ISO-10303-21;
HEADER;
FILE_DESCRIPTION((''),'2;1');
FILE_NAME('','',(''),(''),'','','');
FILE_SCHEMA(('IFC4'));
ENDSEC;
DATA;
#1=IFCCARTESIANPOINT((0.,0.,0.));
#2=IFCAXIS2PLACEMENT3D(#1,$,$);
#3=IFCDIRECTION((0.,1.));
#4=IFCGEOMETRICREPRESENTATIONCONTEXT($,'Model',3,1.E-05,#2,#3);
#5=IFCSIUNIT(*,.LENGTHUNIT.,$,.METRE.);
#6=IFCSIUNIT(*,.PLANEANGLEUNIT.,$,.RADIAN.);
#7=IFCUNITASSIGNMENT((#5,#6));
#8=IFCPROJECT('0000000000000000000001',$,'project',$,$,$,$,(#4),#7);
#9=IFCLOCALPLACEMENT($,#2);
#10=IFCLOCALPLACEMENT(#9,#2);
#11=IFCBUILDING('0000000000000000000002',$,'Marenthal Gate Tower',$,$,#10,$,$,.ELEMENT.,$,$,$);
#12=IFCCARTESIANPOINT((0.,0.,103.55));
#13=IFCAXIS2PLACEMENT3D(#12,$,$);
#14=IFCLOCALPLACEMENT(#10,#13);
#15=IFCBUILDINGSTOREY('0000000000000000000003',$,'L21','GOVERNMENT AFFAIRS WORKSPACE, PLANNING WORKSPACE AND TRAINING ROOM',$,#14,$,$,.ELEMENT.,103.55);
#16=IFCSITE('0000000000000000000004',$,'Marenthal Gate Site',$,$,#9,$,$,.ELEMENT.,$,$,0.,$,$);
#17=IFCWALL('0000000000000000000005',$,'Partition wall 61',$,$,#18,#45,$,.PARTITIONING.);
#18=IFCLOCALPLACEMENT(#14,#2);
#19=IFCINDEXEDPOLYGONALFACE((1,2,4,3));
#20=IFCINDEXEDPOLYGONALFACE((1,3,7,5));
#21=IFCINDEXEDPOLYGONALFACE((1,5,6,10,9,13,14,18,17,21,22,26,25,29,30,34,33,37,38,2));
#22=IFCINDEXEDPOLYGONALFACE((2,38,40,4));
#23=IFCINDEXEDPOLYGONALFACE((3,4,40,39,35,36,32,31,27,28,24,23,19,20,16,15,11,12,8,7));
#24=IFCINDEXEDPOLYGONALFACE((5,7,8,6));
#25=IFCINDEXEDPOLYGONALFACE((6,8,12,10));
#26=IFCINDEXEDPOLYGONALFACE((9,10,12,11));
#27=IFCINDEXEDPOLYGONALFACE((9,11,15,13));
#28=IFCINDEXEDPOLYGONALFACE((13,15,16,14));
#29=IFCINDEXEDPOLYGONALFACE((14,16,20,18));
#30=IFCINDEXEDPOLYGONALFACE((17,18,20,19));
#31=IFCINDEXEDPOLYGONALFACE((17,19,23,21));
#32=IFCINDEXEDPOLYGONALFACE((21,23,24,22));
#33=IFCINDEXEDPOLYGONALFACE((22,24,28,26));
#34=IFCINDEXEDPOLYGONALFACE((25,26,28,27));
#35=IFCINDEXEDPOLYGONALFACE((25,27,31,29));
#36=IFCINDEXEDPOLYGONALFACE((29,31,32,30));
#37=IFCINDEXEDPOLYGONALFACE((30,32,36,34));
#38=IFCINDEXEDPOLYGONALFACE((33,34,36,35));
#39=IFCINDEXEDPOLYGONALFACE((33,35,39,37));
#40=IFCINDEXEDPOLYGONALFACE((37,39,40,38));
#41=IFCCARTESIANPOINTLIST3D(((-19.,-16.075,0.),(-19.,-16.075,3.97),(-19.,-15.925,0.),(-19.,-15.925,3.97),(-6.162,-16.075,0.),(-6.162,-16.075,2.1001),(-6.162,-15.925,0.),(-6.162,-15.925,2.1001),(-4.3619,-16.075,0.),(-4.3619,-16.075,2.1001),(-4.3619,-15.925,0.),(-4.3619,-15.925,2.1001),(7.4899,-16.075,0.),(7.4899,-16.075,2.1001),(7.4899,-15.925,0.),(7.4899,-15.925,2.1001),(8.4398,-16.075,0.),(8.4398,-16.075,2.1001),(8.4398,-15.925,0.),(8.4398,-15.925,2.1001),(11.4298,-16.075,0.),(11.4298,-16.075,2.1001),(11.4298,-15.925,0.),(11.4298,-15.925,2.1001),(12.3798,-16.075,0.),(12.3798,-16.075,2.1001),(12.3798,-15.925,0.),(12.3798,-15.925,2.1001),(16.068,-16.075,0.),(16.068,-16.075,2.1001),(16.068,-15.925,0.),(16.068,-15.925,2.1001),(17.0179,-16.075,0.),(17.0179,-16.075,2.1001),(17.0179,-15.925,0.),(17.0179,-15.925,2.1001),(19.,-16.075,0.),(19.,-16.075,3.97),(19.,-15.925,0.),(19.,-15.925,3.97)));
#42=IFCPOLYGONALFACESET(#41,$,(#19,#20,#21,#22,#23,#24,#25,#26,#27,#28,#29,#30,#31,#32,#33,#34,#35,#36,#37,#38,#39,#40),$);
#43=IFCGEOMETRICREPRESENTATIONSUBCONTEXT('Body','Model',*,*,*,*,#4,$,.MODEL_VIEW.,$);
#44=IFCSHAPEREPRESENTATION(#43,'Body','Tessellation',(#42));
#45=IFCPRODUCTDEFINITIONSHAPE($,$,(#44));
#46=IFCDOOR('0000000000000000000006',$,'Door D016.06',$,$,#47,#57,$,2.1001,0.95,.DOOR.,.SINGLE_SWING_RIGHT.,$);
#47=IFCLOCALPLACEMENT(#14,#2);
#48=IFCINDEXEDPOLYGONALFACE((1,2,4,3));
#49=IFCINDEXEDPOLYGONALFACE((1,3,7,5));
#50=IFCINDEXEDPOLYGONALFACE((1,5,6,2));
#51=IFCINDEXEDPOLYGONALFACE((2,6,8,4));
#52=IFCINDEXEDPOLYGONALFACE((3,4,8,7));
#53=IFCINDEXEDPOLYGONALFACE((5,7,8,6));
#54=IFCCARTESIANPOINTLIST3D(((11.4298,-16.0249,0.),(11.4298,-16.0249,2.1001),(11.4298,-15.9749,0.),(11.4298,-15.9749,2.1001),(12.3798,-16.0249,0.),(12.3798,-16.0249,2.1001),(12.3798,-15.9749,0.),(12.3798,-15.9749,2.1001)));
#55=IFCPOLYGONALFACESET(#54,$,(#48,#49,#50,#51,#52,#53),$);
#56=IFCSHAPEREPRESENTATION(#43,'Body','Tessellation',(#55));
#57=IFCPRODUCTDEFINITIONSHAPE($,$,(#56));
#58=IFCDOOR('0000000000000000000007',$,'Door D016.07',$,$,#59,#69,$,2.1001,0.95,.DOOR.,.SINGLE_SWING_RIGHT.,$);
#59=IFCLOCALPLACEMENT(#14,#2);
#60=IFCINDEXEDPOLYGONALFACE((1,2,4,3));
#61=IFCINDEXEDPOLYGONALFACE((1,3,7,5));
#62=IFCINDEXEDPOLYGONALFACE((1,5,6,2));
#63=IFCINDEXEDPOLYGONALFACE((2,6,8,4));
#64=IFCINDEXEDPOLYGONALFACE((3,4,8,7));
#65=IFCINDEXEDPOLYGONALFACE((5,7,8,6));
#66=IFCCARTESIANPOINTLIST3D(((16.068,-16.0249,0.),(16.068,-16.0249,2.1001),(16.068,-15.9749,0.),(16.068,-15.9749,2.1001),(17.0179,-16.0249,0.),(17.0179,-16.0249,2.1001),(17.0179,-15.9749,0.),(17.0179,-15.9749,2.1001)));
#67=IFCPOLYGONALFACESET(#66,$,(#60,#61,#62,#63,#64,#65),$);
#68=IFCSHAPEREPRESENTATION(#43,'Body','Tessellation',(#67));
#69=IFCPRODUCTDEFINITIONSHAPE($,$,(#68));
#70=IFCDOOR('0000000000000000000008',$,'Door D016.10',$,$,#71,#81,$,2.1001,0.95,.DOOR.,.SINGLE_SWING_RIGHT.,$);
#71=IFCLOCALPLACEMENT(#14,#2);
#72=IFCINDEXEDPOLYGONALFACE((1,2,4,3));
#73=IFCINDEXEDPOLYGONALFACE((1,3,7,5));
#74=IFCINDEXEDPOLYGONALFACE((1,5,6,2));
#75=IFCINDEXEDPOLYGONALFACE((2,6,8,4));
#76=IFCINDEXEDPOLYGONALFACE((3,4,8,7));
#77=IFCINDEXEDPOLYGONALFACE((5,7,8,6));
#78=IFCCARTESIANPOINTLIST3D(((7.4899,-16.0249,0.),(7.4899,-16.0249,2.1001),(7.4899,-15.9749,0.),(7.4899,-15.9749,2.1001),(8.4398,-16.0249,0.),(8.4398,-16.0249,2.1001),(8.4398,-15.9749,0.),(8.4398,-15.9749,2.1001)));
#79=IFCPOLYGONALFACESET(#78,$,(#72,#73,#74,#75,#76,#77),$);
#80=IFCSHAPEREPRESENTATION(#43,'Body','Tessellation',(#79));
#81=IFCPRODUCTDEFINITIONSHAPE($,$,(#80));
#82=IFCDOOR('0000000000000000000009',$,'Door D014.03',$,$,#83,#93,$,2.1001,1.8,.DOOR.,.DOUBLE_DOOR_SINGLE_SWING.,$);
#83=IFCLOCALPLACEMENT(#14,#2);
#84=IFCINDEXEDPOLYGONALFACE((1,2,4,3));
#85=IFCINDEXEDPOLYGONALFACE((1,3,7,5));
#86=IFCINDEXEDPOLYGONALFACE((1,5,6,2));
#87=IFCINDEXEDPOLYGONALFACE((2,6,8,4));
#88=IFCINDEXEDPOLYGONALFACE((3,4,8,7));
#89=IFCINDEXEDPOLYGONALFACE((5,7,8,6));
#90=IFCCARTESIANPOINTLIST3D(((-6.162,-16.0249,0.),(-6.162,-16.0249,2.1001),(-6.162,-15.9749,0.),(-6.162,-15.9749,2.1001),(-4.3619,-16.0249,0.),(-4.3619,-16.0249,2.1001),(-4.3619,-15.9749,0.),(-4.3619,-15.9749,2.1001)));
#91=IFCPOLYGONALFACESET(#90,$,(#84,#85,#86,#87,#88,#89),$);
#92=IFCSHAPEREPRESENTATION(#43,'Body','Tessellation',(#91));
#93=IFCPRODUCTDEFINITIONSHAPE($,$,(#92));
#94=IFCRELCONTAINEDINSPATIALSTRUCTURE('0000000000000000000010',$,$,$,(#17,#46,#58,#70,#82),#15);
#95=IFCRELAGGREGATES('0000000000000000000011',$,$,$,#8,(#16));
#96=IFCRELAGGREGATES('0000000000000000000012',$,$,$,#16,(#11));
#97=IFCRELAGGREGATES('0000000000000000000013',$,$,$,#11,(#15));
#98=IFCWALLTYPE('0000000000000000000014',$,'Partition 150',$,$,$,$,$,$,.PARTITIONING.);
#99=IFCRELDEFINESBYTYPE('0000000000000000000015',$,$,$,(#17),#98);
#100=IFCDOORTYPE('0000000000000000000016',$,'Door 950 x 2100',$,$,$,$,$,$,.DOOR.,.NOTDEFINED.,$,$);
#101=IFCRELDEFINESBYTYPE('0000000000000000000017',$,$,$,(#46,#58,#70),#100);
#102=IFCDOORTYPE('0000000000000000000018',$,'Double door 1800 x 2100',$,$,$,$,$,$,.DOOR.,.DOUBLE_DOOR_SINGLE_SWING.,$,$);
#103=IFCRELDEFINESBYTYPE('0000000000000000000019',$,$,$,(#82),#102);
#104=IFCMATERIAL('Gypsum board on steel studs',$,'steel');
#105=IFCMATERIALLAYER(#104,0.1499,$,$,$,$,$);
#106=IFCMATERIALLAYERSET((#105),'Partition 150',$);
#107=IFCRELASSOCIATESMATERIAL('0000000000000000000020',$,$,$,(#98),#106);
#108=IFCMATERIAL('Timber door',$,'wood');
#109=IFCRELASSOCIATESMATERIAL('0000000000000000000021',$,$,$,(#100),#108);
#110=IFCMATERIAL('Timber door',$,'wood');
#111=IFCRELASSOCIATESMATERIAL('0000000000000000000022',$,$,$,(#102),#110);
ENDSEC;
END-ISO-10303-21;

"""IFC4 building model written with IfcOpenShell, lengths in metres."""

from ifc_helpers import new_model, si_unit, direction, frame, frame_2d, origin, place, context, subcontext, project, spatial, rectangle, extrude, material, layer, layer_set, type_object, element, fill, save


model = new_model("IFC4")

# Units and contexts
model_context = context("Model", 3, precision=1e-05, world=origin(), true_north=direction((0.0, 1.0)))
body_context = subcontext(model_context, "Body", "Model", "MODEL_VIEW")
ifc_project = project(units=[si_unit("LENGTHUNIT", "METRE"), si_unit("PLANEANGLEUNIT", "RADIAN")], contexts=[model_context])

# Site, building, storey
site_placement = place(None, origin())
site = spatial("IfcSite", under=ifc_project, at=site_placement, Name="Marenthal Gate Site", CompositionType="ELEMENT", RefElevation=0.0)
building_placement = place(site_placement, origin())
building = spatial("IfcBuilding", under=site, at=building_placement, Name="Marenthal Gate Tower", CompositionType="ELEMENT")
storey_placement = place(building_placement, frame((0.0, 0.0, 103.55)))
storey = spatial("IfcBuildingStorey", under=building, at=storey_placement, Name="L21", Description="GOVERNMENT AFFAIRS WORKSPACE, PLANNING WORKSPACE AND TRAINING ROOM", CompositionType="ELEMENT", Elevation=103.55)

# Wall, openings, doors
ifc_material_1 = material(Name="Gypsum board on steel studs", Category="steel")
ifc_layer_1 = layer(ifc_material_1, 0.1499)
ifc_layer_set_1 = layer_set([ifc_layer_1], Name="Partition 150")
wall_type_1 = type_object("IfcWallType", Name="Partition 150", PredefinedType="PARTITIONING", material=ifc_layer_set_1)
wall_1_placement = place(storey_placement, frame((19.0, -16.0, 0.0), z_axis=(0.0, 0.0, 1.0), x_axis=(-1.0, 0.0, 0.0)))
wall_1 = element("IfcWall", 1, at=wall_1_placement, inside=storey, type_object=wall_type_1, Name="Partition wall 61", PredefinedType="PARTITIONING", context=body_context, shape_type="SweptSolid", body=[
    extrude(rectangle(XDim=38.0, YDim=0.1499, at=frame_2d((19.0, 0.0))), origin(), (0.0, 0.0, 1.0), 3.97),
])
opening_1_placement = place(wall_1_placement, frame((23.3621, 0.0, 0.0)))
opening_1 = element("IfcOpeningElement", 2, at=opening_1_placement, cuts=wall_1, PredefinedType="OPENING", context=body_context, shape_type="SweptSolid", body=[
    extrude(rectangle(XDim=1.8, YDim=2.1001, at=frame_2d((0.8999, 1.05))), frame((0.0, 0.085, 0.0), z_axis=(0.0, -1.0, 0.0), x_axis=(1.0, 0.0, 0.0)), (0.0, 0.0, 1.0), 0.1699),
])
opening_2_placement = place(wall_1_placement, frame((6.6201, 0.0, 0.0)))
opening_2 = element("IfcOpeningElement", 3, at=opening_2_placement, cuts=wall_1, PredefinedType="OPENING", context=body_context, shape_type="SweptSolid", body=[
    extrude(rectangle(XDim=0.95, YDim=2.1001, at=frame_2d((0.4751, 1.05))), frame((0.0, 0.085, 0.0), z_axis=(0.0, -1.0, 0.0), x_axis=(1.0, 0.0, 0.0)), (0.0, 0.0, 1.0), 0.1699),
])
opening_3_placement = place(wall_1_placement, frame((1.9819, 0.0, 0.0)))
opening_3 = element("IfcOpeningElement", 4, at=opening_3_placement, cuts=wall_1, PredefinedType="OPENING", context=body_context, shape_type="SweptSolid", body=[
    extrude(rectangle(XDim=0.95, YDim=2.1001, at=frame_2d((0.4751, 1.05))), frame((0.0, 0.085, 0.0), z_axis=(0.0, -1.0, 0.0), x_axis=(1.0, 0.0, 0.0)), (0.0, 0.0, 1.0), 0.1699),
])
opening_4_placement = place(wall_1_placement, frame((10.5601, 0.0, 0.0)))
opening_4 = element("IfcOpeningElement", 5, at=opening_4_placement, cuts=wall_1, PredefinedType="OPENING", context=body_context, shape_type="SweptSolid", body=[
    extrude(rectangle(XDim=0.95, YDim=2.1001, at=frame_2d((0.4751, 1.05))), frame((0.0, 0.085, 0.0), z_axis=(0.0, -1.0, 0.0), x_axis=(1.0, 0.0, 0.0)), (0.0, 0.0, 1.0), 0.1699),
])
ifc_material_2 = material(Name="Timber door", Category="wood")
door_type_1 = type_object("IfcDoorType", Name="Door 950 x 2100", OperationType="NOTDEFINED", PredefinedType="DOOR", material=ifc_material_2)
door_1_placement = place(opening_2_placement, origin())
door_1 = element("IfcDoor", 6, at=door_1_placement, inside=storey, type_object=door_type_1, Name="Door D016.06", OperationType="SINGLE_SWING_RIGHT", OverallHeight=2.1001, OverallWidth=0.95, PredefinedType="DOOR", context=body_context, shape_type="SweptSolid", body=[
    extrude(rectangle(XDim=0.95, YDim=2.1001, at=frame_2d((0.4751, 1.05))), frame((0.0, 0.0249, 0.0), z_axis=(0.0, -1.0, 0.0), x_axis=(1.0, 0.0, 0.0)), (0.0, 0.0, 1.0), 0.05),
])
fill(opening_2, door_1)
door_2_placement = place(opening_3_placement, origin())
door_2 = element("IfcDoor", 7, at=door_2_placement, inside=storey, type_object=door_type_1, Name="Door D016.07", OperationType="SINGLE_SWING_RIGHT", OverallHeight=2.1001, OverallWidth=0.95, PredefinedType="DOOR", context=body_context, shape_type="SweptSolid", body=[
    extrude(rectangle(XDim=0.95, YDim=2.1001, at=frame_2d((0.4751, 1.05))), frame((0.0, 0.0249, 0.0), z_axis=(0.0, -1.0, 0.0), x_axis=(1.0, 0.0, 0.0)), (0.0, 0.0, 1.0), 0.05),
])
fill(opening_3, door_2)
door_3_placement = place(opening_4_placement, origin())
door_3 = element("IfcDoor", 8, at=door_3_placement, inside=storey, type_object=door_type_1, Name="Door D016.10", OperationType="SINGLE_SWING_RIGHT", OverallHeight=2.1001, OverallWidth=0.95, PredefinedType="DOOR", context=body_context, shape_type="SweptSolid", body=[
    extrude(rectangle(XDim=0.95, YDim=2.1001, at=frame_2d((0.4751, 1.05))), frame((0.0, 0.0249, 0.0), z_axis=(0.0, -1.0, 0.0), x_axis=(1.0, 0.0, 0.0)), (0.0, 0.0, 1.0), 0.05),
])
fill(opening_4, door_3)
ifc_material_3 = material(Name="Timber door", Category="wood")
door_type_2 = type_object("IfcDoorType", Name="Double door 1800 x 2100", OperationType="DOUBLE_DOOR_SINGLE_SWING", PredefinedType="DOOR", material=ifc_material_3)
door_4_placement = place(opening_1_placement, origin())
door_4 = element("IfcDoor", 9, at=door_4_placement, inside=storey, type_object=door_type_2, Name="Door D014.03", OperationType="DOUBLE_DOOR_SINGLE_SWING", OverallHeight=2.1001, OverallWidth=1.8, PredefinedType="DOOR", context=body_context, shape_type="SweptSolid", body=[
    extrude(rectangle(XDim=1.8, YDim=2.1001, at=frame_2d((0.8999, 1.05))), frame((0.0, 0.0249, 0.0), z_axis=(0.0, -1.0, 0.0), x_axis=(1.0, 0.0, 0.0)), (0.0, 0.0, 1.0), 0.05),
])
fill(opening_1, door_4)

save(model, "model.ifc")
